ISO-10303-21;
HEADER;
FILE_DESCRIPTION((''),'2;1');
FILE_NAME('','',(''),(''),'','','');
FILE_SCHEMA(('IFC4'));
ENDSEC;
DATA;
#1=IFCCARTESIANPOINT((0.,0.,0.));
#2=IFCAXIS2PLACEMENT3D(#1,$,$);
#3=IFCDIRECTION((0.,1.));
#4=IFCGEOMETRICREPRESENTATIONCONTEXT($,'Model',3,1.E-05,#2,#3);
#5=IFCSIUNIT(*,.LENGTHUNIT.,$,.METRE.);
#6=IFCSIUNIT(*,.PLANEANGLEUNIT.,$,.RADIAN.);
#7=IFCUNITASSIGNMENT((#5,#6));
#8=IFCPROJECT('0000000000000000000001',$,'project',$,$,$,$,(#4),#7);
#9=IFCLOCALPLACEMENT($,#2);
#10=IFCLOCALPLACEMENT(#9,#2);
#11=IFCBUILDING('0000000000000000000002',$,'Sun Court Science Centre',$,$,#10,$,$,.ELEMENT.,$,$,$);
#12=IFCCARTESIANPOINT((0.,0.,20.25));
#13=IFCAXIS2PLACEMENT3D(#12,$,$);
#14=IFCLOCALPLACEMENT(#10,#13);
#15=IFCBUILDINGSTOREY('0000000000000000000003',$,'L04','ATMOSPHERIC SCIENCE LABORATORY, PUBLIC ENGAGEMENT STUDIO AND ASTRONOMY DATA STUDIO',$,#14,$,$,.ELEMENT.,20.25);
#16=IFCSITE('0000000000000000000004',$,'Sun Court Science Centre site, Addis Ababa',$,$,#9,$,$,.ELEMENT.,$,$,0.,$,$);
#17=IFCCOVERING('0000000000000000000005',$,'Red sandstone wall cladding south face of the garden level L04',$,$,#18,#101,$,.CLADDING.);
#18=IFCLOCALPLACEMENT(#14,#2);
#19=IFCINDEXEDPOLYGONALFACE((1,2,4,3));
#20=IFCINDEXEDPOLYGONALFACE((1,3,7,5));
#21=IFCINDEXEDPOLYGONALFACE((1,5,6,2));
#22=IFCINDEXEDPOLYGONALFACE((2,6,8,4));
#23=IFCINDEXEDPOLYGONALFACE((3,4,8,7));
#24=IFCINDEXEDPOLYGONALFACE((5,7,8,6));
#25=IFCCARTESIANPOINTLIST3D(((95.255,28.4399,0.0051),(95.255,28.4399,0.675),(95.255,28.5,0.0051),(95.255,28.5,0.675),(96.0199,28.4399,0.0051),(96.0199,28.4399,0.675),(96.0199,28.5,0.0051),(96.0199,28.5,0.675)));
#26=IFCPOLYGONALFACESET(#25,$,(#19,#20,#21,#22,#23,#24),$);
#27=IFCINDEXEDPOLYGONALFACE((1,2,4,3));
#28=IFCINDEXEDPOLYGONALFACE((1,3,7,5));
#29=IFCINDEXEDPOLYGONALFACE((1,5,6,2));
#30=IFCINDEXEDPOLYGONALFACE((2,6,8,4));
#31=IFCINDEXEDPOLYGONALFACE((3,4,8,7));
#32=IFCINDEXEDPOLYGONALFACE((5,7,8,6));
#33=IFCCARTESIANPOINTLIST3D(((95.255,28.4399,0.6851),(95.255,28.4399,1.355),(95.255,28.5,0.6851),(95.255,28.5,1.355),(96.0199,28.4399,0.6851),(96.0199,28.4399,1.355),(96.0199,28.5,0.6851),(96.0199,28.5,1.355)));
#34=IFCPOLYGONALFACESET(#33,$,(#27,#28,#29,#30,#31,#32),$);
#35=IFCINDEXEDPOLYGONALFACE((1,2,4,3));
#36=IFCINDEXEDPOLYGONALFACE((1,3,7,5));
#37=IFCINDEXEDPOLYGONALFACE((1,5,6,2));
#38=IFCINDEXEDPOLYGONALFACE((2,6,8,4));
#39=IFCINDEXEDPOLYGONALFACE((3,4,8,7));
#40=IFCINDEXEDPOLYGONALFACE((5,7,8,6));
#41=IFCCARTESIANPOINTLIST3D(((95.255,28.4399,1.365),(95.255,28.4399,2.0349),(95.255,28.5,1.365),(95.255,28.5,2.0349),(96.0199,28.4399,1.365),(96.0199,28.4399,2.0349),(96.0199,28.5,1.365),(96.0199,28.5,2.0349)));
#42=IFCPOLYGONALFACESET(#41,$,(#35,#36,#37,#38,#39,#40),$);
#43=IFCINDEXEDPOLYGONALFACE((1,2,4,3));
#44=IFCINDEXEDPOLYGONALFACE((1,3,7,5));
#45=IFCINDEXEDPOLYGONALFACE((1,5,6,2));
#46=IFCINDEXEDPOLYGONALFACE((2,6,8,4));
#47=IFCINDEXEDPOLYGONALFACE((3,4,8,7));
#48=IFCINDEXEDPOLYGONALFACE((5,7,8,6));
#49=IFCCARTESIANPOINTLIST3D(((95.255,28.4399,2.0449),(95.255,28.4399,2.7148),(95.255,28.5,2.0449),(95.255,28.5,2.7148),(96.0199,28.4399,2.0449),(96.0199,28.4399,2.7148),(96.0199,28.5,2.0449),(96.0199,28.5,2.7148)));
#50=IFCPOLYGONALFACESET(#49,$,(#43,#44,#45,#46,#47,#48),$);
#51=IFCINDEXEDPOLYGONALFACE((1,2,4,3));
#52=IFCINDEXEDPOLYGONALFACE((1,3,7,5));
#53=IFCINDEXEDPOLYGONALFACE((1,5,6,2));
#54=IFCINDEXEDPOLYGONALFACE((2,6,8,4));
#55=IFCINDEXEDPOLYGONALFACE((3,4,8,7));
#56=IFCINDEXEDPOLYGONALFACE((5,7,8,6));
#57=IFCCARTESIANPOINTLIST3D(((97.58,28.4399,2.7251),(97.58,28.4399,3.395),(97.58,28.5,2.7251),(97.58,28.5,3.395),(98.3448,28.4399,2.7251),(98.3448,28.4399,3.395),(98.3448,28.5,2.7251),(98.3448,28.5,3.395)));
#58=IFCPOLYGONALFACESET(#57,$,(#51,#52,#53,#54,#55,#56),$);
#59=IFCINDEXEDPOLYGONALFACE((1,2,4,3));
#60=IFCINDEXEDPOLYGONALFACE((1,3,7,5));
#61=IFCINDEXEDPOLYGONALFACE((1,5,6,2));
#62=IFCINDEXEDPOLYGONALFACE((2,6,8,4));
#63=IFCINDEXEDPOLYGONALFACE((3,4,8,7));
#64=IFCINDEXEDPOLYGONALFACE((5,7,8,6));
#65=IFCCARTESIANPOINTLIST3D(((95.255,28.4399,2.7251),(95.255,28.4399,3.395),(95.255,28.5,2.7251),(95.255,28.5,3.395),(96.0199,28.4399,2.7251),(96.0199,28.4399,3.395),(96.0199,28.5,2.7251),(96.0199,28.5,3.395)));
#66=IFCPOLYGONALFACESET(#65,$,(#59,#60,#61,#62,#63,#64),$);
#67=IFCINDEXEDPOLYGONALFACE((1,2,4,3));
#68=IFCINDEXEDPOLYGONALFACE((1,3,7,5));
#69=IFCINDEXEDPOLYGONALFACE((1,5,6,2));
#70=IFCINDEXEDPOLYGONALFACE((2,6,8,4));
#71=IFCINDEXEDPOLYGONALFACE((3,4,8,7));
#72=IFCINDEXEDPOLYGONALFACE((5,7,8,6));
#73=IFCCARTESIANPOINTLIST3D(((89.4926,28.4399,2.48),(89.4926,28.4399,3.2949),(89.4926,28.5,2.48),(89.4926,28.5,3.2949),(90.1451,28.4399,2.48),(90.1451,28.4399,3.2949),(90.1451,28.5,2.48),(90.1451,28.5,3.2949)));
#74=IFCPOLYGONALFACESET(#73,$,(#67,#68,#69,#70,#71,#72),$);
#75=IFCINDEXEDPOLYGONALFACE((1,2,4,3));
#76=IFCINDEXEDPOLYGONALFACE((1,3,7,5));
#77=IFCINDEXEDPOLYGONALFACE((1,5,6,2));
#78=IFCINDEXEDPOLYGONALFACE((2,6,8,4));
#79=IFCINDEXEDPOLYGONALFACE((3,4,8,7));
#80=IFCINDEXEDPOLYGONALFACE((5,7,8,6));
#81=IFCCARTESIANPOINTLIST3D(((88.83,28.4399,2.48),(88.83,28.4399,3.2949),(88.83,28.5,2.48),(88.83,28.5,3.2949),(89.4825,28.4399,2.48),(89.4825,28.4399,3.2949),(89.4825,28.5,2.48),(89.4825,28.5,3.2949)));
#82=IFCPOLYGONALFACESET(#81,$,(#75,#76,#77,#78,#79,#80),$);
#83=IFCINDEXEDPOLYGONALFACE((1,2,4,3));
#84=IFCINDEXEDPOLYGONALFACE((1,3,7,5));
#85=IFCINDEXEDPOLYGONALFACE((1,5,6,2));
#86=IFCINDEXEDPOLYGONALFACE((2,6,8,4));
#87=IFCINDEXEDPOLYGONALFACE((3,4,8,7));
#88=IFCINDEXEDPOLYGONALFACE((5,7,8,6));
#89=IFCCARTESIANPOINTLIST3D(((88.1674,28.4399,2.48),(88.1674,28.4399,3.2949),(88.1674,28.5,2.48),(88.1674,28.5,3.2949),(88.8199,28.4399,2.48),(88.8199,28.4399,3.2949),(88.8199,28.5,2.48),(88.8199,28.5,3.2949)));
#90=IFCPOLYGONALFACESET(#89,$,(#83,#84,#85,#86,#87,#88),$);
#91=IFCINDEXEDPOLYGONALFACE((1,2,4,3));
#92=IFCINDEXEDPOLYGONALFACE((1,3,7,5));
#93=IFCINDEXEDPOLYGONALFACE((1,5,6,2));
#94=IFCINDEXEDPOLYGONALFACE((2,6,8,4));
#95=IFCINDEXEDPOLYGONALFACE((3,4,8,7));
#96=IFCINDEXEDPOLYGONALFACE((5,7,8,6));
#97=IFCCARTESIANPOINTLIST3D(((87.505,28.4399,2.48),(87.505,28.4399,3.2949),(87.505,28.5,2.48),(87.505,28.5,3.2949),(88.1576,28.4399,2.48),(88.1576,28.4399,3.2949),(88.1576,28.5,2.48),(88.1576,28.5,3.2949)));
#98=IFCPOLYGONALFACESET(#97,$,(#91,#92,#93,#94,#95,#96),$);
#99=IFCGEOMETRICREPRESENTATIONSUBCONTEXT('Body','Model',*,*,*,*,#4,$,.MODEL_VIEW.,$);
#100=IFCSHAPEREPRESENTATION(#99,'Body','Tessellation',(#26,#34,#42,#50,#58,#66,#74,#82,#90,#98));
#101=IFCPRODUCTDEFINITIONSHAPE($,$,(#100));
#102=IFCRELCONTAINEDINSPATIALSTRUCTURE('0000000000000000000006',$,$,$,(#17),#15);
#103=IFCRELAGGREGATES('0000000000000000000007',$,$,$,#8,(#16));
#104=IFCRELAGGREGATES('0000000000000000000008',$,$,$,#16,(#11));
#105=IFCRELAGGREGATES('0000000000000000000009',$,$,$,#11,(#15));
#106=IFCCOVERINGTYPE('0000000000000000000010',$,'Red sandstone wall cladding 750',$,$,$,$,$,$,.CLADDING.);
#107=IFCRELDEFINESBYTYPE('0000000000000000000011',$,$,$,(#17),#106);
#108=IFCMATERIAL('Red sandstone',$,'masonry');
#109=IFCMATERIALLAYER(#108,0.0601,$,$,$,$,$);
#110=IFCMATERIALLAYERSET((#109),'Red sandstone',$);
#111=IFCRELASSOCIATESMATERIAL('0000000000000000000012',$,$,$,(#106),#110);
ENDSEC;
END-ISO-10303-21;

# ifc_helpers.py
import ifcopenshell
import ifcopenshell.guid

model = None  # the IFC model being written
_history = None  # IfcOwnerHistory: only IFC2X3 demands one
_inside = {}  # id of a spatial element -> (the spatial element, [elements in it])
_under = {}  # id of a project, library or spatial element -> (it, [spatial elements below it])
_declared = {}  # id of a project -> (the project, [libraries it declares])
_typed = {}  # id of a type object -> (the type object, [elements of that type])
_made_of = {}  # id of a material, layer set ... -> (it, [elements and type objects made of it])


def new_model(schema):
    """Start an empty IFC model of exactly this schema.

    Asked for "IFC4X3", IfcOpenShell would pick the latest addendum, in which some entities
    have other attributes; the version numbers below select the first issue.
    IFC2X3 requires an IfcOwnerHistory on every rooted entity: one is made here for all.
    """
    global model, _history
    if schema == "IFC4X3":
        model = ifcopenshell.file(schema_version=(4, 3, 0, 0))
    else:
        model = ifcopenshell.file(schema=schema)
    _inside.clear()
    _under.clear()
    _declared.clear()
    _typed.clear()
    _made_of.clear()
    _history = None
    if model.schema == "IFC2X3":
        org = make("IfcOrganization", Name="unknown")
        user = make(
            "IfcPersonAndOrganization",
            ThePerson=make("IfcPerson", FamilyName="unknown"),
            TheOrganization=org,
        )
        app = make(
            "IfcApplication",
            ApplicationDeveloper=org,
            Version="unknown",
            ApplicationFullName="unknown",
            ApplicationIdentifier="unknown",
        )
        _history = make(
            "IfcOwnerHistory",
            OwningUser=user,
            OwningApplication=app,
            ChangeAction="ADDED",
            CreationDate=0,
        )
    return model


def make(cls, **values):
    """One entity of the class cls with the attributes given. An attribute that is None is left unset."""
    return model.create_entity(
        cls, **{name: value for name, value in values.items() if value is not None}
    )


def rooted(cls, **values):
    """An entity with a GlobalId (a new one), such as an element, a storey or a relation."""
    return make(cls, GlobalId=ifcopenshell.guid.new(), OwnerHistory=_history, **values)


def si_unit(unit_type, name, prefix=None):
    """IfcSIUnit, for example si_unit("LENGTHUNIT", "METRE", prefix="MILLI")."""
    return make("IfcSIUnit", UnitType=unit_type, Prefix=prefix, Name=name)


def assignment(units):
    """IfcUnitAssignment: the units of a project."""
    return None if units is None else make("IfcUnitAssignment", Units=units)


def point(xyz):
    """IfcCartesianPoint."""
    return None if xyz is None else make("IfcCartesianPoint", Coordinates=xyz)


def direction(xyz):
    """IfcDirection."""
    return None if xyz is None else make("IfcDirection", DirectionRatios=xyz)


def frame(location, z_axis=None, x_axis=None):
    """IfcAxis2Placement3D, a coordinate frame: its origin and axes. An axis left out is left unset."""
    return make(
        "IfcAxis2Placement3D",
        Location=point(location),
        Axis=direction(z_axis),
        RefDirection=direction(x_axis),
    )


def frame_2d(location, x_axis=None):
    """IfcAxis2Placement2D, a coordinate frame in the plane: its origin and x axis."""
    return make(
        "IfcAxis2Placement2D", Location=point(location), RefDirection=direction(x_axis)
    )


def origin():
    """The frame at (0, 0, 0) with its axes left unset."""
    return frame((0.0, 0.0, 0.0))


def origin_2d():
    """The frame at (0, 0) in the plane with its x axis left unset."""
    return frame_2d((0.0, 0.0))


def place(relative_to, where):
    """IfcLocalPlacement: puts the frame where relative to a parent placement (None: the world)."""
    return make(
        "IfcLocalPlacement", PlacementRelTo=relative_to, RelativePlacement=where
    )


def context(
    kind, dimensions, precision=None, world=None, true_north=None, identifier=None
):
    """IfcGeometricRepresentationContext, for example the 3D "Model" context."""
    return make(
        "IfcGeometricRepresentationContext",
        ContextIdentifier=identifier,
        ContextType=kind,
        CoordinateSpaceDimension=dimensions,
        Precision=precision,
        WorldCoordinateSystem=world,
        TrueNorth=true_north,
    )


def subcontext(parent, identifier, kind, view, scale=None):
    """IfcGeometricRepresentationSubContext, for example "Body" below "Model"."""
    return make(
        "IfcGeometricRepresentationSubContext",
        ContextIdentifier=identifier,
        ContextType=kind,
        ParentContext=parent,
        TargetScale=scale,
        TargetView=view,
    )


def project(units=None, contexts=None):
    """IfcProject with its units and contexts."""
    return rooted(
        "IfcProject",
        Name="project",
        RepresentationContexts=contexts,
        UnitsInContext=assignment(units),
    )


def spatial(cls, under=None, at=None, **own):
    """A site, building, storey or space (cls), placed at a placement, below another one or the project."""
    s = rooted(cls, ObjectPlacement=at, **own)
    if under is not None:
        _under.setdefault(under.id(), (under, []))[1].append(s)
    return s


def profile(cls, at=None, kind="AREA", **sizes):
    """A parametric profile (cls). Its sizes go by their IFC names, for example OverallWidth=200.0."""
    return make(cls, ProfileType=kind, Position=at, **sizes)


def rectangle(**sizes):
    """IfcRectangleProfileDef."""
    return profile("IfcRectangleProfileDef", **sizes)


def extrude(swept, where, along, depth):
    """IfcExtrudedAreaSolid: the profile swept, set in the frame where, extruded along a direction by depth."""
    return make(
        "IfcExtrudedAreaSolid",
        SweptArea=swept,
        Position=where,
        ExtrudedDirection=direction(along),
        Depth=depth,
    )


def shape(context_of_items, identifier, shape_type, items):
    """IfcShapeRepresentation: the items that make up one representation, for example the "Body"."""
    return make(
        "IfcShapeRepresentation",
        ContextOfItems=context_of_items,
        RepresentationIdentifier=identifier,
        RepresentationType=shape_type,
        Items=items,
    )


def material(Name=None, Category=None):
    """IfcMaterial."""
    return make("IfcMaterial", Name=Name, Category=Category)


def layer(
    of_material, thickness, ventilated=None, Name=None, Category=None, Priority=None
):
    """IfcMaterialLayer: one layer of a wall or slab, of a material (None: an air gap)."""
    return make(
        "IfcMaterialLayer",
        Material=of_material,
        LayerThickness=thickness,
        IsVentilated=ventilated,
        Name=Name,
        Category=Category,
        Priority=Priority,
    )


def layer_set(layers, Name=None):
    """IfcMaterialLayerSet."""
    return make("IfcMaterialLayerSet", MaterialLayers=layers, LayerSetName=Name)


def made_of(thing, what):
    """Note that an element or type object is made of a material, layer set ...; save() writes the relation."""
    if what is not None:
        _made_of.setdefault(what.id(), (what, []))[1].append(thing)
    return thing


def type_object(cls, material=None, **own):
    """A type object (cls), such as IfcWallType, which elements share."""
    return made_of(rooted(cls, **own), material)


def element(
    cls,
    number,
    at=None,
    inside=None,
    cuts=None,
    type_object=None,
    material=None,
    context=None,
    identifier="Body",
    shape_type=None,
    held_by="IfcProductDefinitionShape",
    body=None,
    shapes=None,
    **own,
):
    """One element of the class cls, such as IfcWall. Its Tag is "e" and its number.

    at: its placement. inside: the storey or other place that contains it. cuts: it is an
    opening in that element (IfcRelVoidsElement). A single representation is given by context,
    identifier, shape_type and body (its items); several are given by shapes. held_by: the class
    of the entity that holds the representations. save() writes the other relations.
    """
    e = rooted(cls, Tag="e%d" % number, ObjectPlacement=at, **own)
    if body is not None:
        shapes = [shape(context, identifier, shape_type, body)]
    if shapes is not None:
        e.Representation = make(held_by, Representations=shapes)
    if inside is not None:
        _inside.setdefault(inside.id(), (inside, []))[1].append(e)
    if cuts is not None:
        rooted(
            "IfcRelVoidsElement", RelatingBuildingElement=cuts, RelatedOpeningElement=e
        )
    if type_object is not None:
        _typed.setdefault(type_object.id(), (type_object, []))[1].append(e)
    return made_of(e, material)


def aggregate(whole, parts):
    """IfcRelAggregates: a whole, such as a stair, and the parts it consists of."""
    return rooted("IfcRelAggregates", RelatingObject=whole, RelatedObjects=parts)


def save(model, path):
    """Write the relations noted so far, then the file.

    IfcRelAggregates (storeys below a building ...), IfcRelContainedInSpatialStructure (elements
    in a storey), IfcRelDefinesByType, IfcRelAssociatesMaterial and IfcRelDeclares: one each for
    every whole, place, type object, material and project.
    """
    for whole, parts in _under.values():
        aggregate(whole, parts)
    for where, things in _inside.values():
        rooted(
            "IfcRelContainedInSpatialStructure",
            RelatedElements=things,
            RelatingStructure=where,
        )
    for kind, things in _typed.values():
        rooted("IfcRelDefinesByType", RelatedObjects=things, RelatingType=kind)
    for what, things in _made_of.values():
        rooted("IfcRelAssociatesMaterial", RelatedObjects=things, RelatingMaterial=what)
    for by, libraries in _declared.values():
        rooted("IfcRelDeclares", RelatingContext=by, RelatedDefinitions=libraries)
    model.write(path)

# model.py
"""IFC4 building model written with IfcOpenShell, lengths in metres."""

from ifc_helpers import new_model, si_unit, direction, frame, origin, origin_2d, place, context, subcontext, project, spatial, rectangle, extrude, material, layer, layer_set, type_object, element, save


model = new_model("IFC4")

# Units and contexts
model_context = context("Model", 3, precision=1e-05, world=origin(), true_north=direction((0.0, 1.0)))
body_context = subcontext(model_context, "Body", "Model", "MODEL_VIEW")
ifc_project = project(units=[si_unit("LENGTHUNIT", "METRE"), si_unit("PLANEANGLEUNIT", "RADIAN")], contexts=[model_context])

# Site, building, storey
site_placement = place(None, origin())
site = spatial("IfcSite", under=ifc_project, at=site_placement, Name="Sun Court Science Centre site, Addis Ababa", CompositionType="ELEMENT", RefElevation=0.0)
building_placement = place(site_placement, origin())
building = spatial("IfcBuilding", under=site, at=building_placement, Name="Sun Court Science Centre", CompositionType="ELEMENT")
storey_placement = place(building_placement, frame((0.0, 0.0, 20.25)))
storey = spatial("IfcBuildingStorey", under=building, at=storey_placement, Name="L04", Description="ATMOSPHERIC SCIENCE LABORATORY, PUBLIC ENGAGEMENT STUDIO AND ASTRONOMY DATA STUDIO", CompositionType="ELEMENT", Elevation=20.25)

# Covering
ifc_material_1 = material(Name="Red sandstone", Category="masonry")
ifc_layer_1 = layer(ifc_material_1, 0.0601)
ifc_layer_set_1 = layer_set([ifc_layer_1], Name="Red sandstone")
covering_type_1 = type_object("IfcCoveringType", Name="Red sandstone wall cladding 750", PredefinedType="CLADDING", material=ifc_layer_set_1)
covering_1_placement = place(storey_placement, frame((0.0, 0.0, -20.25)))
element("IfcCovering", 1, at=covering_1_placement, inside=storey, type_object=covering_type_1, Name="Red sandstone wall cladding south face of the garden level L04", PredefinedType="CLADDING", context=body_context, shape_type="SweptSolid", body=[
    extrude(rectangle(XDim=0.7649, YDim=0.0601, at=origin_2d()), frame((95.6375, 28.47, 20.2551), z_axis=(0.0, 0.0, 1.0), x_axis=(-1.0, 0.0, 0.0)), (0.0, 0.0, 1.0), 0.6699),
    extrude(rectangle(XDim=0.7649, YDim=0.0601, at=origin_2d()), frame((95.6375, 28.47, 20.9351), z_axis=(0.0, 0.0, 1.0), x_axis=(-1.0, 0.0, 0.0)), (0.0, 0.0, 1.0), 0.6699),
    extrude(rectangle(XDim=0.7649, YDim=0.0601, at=origin_2d()), frame((95.6375, 28.47, 21.615), z_axis=(0.0, 0.0, 1.0), x_axis=(-1.0, 0.0, 0.0)), (0.0, 0.0, 1.0), 0.6699),
    extrude(rectangle(XDim=0.7649, YDim=0.0601, at=origin_2d()), frame((95.6375, 28.47, 22.2949), z_axis=(0.0, 0.0, 1.0), x_axis=(-1.0, 0.0, 0.0)), (0.0, 0.0, 1.0), 0.6699),
    extrude(rectangle(XDim=0.7649, YDim=0.0601, at=origin_2d()), frame((97.9624, 28.47, 22.9751), z_axis=(0.0, 0.0, 1.0), x_axis=(-1.0, 0.0, 0.0)), (0.0, 0.0, 1.0), 0.6699),
    extrude(rectangle(XDim=0.7649, YDim=0.0601, at=origin_2d()), frame((95.6375, 28.47, 22.9751), z_axis=(0.0, 0.0, 1.0), x_axis=(-1.0, 0.0, 0.0)), (0.0, 0.0, 1.0), 0.6699),
    extrude(rectangle(XDim=0.6526, YDim=0.0601, at=origin_2d()), frame((89.8188, 28.47, 22.73), z_axis=(0.0, 0.0, 1.0), x_axis=(-1.0, 0.0, 0.0)), (0.0, 0.0, 1.0), 0.8149),
    extrude(rectangle(XDim=0.6526, YDim=0.0601, at=origin_2d()), frame((89.1562, 28.47, 22.73), z_axis=(0.0, 0.0, 1.0), x_axis=(-1.0, 0.0, 0.0)), (0.0, 0.0, 1.0), 0.8149),
    extrude(rectangle(XDim=0.6526, YDim=0.0601, at=origin_2d()), frame((88.4937, 28.47, 22.73), z_axis=(0.0, 0.0, 1.0), x_axis=(-1.0, 0.0, 0.0)), (0.0, 0.0, 1.0), 0.8149),
    extrude(rectangle(XDim=0.6526, YDim=0.0601, at=origin_2d()), frame((87.8313, 28.47, 22.73), z_axis=(0.0, 0.0, 1.0), x_axis=(-1.0, 0.0, 0.0)), (0.0, 0.0, 1.0), 0.8149),
])

save(model, "model.ifc")
